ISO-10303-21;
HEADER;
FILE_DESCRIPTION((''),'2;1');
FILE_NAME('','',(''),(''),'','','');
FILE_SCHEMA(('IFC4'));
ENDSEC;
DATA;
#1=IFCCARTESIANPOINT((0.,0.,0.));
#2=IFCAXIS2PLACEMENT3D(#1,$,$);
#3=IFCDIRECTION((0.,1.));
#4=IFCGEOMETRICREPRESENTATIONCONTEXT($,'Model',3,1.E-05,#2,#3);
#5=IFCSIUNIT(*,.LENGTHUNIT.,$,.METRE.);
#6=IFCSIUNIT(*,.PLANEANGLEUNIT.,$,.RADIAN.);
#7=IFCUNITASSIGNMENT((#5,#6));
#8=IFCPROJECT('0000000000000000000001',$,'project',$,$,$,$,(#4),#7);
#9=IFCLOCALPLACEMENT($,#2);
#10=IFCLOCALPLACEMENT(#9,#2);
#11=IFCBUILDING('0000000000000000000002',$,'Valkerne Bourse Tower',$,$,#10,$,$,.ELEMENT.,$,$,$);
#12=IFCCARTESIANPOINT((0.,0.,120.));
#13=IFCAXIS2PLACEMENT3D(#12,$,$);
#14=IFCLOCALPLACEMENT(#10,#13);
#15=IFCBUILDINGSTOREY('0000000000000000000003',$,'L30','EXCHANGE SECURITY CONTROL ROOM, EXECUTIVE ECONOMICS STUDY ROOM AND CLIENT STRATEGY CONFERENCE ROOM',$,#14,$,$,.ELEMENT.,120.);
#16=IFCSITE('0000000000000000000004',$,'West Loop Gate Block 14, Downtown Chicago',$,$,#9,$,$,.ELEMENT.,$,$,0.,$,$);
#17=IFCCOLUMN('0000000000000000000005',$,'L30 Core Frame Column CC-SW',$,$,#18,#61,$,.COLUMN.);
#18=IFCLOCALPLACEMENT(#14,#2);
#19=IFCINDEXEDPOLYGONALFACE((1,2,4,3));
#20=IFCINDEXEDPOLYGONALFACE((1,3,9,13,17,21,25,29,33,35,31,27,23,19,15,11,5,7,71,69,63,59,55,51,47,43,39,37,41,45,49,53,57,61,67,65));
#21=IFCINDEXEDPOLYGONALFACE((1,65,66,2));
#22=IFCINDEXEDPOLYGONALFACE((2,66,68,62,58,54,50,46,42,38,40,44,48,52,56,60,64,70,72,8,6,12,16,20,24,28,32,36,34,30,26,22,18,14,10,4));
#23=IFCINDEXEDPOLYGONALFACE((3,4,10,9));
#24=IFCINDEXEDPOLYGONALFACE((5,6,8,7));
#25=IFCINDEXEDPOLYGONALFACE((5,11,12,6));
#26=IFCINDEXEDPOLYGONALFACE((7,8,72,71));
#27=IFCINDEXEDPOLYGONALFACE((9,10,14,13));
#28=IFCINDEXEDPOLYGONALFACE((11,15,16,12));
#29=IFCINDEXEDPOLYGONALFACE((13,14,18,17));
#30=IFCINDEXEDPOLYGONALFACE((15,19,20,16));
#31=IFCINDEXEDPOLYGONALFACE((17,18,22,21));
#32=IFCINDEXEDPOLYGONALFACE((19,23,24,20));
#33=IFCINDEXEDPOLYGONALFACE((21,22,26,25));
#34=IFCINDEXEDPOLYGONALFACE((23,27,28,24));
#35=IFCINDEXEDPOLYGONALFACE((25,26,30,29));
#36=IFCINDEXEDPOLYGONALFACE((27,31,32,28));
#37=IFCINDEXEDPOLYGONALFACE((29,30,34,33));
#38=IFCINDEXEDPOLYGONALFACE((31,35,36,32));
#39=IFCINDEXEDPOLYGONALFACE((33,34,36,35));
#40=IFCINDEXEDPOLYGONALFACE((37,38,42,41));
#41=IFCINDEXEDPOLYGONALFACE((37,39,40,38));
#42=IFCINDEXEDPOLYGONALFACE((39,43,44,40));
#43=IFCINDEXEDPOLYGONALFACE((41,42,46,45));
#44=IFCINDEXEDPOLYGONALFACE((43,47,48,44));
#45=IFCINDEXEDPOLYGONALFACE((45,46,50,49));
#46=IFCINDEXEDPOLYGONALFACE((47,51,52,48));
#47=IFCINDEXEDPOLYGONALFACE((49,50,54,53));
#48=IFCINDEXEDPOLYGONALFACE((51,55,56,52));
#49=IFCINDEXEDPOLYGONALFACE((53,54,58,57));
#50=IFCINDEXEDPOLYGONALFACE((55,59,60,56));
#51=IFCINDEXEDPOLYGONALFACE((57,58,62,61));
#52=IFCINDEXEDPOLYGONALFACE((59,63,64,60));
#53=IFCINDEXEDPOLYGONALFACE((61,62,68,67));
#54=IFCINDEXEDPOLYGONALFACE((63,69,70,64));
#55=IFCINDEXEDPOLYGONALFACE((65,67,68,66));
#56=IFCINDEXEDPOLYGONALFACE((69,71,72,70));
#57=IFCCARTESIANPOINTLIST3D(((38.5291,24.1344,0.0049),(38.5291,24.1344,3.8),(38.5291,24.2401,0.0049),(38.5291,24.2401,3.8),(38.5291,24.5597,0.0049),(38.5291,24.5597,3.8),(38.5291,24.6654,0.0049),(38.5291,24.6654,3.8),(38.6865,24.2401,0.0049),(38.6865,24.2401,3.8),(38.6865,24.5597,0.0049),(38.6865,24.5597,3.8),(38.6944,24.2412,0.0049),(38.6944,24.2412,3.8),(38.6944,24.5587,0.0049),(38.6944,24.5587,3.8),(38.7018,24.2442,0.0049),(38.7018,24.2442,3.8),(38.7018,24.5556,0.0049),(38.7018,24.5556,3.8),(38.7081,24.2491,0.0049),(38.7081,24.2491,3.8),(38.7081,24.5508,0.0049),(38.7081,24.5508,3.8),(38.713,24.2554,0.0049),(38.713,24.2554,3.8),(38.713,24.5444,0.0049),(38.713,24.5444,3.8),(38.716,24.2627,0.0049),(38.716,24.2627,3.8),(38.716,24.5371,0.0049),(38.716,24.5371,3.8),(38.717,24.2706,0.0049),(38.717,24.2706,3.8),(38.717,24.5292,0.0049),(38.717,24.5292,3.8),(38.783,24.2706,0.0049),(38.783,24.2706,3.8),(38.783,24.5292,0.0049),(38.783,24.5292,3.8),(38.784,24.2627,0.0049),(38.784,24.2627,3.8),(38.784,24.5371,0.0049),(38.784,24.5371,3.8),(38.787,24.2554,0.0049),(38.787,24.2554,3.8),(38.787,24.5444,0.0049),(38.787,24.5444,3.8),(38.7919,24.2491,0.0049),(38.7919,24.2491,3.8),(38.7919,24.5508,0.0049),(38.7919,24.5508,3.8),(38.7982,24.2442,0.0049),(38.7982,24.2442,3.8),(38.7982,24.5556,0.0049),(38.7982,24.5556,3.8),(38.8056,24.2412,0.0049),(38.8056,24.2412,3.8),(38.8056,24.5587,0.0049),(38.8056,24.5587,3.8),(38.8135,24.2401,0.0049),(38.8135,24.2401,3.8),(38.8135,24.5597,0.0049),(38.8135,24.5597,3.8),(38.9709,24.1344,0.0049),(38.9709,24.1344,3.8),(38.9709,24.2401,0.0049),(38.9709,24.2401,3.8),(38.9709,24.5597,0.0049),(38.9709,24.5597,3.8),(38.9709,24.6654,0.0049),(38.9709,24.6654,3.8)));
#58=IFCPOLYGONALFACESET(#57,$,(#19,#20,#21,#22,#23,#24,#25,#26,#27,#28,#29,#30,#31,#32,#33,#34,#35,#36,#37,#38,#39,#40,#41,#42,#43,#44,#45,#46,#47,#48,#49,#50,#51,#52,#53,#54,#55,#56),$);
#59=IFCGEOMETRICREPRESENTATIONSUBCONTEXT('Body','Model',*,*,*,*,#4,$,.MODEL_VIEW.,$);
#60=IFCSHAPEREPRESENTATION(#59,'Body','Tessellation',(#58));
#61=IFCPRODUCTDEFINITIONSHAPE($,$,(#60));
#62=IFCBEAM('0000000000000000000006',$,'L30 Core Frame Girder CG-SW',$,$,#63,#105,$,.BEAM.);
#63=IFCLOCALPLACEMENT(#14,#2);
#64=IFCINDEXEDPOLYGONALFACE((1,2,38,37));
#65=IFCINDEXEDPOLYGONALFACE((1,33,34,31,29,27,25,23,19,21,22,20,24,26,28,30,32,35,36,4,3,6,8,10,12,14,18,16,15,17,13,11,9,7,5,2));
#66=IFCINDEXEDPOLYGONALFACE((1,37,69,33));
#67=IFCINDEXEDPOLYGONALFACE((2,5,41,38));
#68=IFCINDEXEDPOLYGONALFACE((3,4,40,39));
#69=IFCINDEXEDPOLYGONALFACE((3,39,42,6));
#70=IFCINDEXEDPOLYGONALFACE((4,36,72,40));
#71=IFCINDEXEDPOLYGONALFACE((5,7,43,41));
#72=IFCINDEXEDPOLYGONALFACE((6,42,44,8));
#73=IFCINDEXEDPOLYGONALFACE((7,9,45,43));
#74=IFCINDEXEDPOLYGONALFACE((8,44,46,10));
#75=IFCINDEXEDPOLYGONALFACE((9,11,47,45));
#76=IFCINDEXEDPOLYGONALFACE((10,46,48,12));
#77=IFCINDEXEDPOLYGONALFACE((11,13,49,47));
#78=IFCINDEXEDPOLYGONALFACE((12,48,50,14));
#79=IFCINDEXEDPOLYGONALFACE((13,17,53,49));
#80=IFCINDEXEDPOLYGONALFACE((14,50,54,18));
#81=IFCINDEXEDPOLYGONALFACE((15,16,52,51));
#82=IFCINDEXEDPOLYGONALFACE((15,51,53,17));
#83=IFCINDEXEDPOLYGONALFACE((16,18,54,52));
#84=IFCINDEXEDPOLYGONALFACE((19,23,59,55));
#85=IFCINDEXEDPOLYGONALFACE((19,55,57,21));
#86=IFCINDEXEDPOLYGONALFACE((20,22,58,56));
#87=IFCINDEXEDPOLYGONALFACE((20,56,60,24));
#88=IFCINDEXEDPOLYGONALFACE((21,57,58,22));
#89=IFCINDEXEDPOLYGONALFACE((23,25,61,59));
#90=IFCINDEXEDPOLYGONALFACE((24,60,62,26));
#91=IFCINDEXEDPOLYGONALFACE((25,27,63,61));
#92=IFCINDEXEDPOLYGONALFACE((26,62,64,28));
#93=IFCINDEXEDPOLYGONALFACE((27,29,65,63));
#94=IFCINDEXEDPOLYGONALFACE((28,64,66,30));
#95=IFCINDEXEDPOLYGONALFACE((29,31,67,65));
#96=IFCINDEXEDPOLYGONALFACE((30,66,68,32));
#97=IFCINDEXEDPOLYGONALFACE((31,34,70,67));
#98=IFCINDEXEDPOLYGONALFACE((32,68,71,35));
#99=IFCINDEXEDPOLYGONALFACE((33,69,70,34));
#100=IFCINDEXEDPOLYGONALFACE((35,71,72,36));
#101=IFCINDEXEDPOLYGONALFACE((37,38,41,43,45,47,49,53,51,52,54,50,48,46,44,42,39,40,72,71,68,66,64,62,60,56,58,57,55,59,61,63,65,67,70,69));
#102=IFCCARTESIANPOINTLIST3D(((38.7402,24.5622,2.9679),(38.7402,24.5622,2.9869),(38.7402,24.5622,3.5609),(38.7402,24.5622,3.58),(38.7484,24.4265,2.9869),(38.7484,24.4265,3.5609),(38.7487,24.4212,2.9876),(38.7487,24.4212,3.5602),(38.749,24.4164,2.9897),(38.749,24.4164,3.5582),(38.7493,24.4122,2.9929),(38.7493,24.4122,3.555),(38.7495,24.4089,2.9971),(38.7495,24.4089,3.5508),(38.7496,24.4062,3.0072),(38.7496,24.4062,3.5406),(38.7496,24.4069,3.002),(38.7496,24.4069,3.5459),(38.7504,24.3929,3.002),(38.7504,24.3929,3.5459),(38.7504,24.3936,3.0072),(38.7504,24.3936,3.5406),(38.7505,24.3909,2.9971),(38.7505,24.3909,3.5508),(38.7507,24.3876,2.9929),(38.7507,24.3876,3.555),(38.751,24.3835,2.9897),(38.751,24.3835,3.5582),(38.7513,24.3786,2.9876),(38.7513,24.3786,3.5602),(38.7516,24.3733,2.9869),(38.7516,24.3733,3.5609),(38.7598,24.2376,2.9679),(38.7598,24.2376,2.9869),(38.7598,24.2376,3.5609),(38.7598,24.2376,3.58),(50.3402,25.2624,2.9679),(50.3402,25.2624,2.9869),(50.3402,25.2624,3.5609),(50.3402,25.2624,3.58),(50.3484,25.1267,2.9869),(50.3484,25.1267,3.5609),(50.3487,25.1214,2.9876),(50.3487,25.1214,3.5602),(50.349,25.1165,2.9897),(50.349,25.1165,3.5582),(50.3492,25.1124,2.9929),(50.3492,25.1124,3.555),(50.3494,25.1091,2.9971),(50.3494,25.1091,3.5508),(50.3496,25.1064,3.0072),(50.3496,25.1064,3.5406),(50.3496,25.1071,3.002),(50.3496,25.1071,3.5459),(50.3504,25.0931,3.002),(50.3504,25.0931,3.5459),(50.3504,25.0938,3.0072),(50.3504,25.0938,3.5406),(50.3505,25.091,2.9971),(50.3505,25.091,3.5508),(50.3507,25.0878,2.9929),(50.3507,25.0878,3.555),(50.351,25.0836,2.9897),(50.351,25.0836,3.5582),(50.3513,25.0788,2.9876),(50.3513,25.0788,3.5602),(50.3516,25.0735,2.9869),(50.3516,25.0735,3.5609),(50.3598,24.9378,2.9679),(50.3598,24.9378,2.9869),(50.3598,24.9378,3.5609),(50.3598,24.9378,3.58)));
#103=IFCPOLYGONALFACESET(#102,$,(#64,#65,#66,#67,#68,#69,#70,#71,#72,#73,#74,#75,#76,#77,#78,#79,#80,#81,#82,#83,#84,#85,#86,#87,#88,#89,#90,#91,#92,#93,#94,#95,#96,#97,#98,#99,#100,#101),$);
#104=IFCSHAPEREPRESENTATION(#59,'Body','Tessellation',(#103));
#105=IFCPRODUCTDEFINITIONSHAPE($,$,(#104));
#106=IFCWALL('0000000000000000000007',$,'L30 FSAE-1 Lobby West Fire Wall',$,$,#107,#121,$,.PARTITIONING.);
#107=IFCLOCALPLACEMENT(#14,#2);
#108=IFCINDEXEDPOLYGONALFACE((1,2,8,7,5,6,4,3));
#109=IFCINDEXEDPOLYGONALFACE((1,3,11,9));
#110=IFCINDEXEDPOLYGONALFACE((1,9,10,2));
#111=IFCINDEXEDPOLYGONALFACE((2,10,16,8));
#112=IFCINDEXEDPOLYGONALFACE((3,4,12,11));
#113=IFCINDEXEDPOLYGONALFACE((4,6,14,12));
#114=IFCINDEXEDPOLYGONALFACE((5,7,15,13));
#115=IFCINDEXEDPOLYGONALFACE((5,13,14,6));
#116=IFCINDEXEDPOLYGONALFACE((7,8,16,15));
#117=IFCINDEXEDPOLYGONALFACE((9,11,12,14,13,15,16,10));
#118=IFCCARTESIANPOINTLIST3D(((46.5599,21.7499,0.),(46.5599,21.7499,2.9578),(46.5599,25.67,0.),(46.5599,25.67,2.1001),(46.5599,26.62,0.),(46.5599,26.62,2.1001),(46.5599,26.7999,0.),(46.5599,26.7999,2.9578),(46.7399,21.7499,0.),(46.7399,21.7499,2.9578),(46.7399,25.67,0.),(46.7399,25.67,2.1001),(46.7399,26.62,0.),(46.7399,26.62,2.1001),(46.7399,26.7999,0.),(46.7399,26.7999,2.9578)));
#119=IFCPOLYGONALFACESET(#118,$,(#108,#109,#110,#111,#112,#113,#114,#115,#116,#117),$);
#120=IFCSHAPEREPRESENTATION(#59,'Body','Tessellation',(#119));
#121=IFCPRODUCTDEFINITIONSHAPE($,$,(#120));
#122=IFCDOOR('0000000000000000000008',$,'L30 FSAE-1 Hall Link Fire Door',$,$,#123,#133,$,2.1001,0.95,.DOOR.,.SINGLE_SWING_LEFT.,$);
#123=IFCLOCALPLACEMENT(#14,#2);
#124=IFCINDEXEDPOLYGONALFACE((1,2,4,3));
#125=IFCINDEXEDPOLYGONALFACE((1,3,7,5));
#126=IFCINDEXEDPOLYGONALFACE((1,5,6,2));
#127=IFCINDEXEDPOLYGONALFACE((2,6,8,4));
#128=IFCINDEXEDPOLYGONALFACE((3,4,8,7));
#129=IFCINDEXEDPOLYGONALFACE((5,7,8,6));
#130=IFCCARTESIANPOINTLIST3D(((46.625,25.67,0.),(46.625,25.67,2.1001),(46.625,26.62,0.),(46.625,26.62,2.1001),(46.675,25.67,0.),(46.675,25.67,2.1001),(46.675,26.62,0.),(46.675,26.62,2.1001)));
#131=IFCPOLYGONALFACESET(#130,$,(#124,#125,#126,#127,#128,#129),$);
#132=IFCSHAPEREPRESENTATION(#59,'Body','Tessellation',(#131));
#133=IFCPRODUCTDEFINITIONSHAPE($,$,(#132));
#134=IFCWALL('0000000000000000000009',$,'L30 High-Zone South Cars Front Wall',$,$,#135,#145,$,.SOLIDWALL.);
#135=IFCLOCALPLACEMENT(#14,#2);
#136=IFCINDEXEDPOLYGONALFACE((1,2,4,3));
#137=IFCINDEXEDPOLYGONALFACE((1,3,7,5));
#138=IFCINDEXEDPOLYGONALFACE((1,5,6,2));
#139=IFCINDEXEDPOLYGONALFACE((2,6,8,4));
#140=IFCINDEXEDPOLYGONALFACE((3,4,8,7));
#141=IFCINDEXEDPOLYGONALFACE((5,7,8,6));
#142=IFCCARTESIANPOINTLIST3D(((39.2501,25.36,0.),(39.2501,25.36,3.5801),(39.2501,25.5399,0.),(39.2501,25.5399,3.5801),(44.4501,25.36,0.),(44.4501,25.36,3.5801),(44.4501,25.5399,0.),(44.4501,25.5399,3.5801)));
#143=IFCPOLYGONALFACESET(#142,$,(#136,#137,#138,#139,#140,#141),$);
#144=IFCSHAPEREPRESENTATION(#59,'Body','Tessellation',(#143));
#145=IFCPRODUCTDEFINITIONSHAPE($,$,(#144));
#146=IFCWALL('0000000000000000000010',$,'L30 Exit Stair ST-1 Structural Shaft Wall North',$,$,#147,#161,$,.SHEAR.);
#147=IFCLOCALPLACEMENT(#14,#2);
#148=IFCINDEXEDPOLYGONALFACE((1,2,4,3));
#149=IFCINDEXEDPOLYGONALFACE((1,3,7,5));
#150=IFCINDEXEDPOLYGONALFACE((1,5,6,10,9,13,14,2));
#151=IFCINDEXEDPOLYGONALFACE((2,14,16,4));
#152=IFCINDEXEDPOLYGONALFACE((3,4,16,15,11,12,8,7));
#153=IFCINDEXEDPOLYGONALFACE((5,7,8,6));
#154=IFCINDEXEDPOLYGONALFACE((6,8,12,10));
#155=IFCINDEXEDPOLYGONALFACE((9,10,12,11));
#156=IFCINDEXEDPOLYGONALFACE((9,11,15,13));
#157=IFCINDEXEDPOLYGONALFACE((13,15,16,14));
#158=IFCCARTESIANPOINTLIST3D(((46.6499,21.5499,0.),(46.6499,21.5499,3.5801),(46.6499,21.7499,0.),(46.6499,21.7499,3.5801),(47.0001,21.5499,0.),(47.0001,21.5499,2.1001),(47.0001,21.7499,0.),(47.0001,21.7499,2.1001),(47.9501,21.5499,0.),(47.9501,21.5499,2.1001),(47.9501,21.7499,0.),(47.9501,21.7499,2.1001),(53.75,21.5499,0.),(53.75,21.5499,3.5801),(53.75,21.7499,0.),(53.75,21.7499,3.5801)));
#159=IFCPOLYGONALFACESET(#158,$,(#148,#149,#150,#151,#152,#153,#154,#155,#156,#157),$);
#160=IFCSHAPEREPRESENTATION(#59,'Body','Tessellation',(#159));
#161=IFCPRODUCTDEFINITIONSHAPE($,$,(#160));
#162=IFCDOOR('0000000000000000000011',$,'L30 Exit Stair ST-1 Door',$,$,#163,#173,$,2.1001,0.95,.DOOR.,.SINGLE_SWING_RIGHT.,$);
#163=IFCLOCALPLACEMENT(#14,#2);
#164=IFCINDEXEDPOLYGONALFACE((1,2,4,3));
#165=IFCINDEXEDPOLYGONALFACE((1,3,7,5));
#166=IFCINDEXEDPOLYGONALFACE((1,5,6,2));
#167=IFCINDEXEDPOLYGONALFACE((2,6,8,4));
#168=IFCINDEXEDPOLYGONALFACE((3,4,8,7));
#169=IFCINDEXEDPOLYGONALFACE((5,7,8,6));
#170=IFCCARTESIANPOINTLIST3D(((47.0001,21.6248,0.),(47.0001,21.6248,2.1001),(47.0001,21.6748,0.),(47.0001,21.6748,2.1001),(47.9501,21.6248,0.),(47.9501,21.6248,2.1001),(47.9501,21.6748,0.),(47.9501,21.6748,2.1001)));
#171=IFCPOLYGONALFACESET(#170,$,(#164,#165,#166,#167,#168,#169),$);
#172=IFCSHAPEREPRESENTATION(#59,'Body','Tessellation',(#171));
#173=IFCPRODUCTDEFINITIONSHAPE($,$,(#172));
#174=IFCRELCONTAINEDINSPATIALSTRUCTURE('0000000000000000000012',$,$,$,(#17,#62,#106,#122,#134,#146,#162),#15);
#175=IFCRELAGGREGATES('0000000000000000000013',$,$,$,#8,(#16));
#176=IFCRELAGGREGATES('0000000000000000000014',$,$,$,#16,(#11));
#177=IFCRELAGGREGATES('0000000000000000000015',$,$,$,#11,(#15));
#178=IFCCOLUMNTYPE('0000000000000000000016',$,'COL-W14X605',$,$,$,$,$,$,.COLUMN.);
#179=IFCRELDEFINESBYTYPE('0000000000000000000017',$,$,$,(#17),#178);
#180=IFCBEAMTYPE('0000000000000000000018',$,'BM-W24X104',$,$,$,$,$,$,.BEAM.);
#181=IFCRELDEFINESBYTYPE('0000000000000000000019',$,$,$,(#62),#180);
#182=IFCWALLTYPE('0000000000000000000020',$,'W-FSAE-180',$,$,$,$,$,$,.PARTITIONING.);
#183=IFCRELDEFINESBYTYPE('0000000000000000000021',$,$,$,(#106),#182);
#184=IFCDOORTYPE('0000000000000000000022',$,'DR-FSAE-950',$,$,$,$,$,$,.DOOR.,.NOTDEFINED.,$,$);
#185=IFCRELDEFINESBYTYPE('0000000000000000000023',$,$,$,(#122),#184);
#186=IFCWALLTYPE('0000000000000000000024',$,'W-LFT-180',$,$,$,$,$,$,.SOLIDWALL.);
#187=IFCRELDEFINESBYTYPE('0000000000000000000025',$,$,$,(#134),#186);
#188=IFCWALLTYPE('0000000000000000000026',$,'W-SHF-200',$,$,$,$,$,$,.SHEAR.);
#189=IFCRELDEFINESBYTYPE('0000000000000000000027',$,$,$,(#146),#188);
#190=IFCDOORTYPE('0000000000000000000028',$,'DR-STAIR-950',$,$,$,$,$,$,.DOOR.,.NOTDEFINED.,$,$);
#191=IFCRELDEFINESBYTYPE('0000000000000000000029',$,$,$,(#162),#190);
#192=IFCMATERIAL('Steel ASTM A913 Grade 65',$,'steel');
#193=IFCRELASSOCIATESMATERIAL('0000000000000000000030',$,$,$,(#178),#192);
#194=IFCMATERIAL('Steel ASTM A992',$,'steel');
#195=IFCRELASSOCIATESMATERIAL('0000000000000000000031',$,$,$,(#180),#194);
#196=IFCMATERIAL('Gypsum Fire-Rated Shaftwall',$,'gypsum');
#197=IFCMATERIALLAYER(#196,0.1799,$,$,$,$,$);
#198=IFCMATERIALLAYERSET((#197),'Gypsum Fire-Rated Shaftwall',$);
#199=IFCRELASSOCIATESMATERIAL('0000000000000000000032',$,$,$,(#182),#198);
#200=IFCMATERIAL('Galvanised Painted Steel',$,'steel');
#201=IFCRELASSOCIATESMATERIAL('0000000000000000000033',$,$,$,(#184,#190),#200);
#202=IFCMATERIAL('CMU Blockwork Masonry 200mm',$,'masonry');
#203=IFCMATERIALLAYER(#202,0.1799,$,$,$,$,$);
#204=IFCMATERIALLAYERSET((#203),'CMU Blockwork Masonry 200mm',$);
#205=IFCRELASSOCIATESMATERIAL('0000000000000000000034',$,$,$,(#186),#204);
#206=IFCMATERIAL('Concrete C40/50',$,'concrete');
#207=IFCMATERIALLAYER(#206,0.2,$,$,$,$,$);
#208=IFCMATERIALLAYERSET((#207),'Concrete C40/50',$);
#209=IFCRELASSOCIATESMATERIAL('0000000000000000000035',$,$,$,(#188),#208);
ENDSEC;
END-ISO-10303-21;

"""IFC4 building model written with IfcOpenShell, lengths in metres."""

from ifc_helpers import new_model, si_unit, direction, frame, frame_2d, origin, origin_2d, place, context, subcontext, project, spatial, rectangle, i_section, extrude, material, layer, layer_set, material_profile, profile_set, type_object, element, fill, save


model = new_model("IFC4")

# Units and contexts
model_context = context("Model", 3, precision=1e-05, world=origin(), true_north=direction((0.0, 1.0)))
body_context = subcontext(model_context, "Body", "Model", "MODEL_VIEW")
ifc_project = project(units=[si_unit("LENGTHUNIT", "METRE"), si_unit("PLANEANGLEUNIT", "RADIAN")], contexts=[model_context])

# Site, building, storey
site_placement = place(None, origin())
site = spatial("IfcSite", under=ifc_project, at=site_placement, Name="West Loop Gate Block 14, Downtown Chicago", CompositionType="ELEMENT", RefElevation=0.0)
building_placement = place(site_placement, origin())
building = spatial("IfcBuilding", under=site, at=building_placement, Name="Valkerne Bourse Tower", CompositionType="ELEMENT")
storey_placement = place(building_placement, frame((0.0, 0.0, 120.0)))
storey = spatial("IfcBuildingStorey", under=building, at=storey_placement, Name="L30", Description="EXCHANGE SECURITY CONTROL ROOM, EXECUTIVE ECONOMICS STUDY ROOM AND CLIENT STRATEGY CONFERENCE ROOM", CompositionType="ELEMENT", Elevation=120.0)

# Column
ifc_material_1 = material(Name="Steel ASTM A913 Grade 65", Category="steel")
ifc_material_profile_1 = material_profile(ifc_material_1, i_section(OverallWidth=0.4419, OverallDepth=0.531, WebThickness=0.0659, FlangeThickness=0.1057, FilletRadius=0.0305, at=origin_2d()), Name="W14X605")
ifc_profile_set_1 = profile_set([ifc_material_profile_1], Name="Steel ASTM A913 Grade 65")
column_type = type_object("IfcColumnType", Name="COL-W14X605", PredefinedType="COLUMN", material=ifc_profile_set_1)
column_placement = place(storey_placement, frame((38.75, 24.3999, 0.0049), z_axis=(0.0, 0.0, 1.0), x_axis=(1.0, 0.0, 0.0)))
element("IfcColumn", 1, at=column_placement, inside=storey, type_object=column_type, Name="L30 Core Frame Column CC-SW", PredefinedType="COLUMN", context=body_context, shape_type="SweptSolid", body=[
    extrude(i_section(OverallWidth=0.4419, OverallDepth=0.531, WebThickness=0.0659, FlangeThickness=0.1057, FilletRadius=0.0305, at=origin_2d()), origin(), (0.0, 0.0, 1.0), 3.7952),
])

# Beam
ifc_material_2 = material(Name="Steel ASTM A992", Category="steel")
ifc_material_profile_2 = material_profile(ifc_material_2, i_section(OverallWidth=0.3252, OverallDepth=0.6121, WebThickness=0.0127, FlangeThickness=0.019, FilletRadius=0.0203, at=origin_2d()), Name="W24X104")
ifc_profile_set_2 = profile_set([ifc_material_profile_2], Name="Steel ASTM A992")
beam_type = type_object("IfcBeamType", Name="BM-W24X104", PredefinedType="BEAM", material=ifc_profile_set_2)
beam_placement = place(storey_placement, frame((38.75, 24.3999, 3.2739), z_axis=(0.998183, 0.060251, 0.0), x_axis=(-0.060251, 0.998183, 0.0)))
element("IfcBeam", 2, at=beam_placement, inside=storey, type_object=beam_type, Name="L30 Core Frame Girder CG-SW", PredefinedType="BEAM", context=body_context, shape_type="SweptSolid", body=[
    extrude(i_section(OverallWidth=0.3252, OverallDepth=0.6121, WebThickness=0.0127, FlangeThickness=0.019, FilletRadius=0.0203, at=origin_2d()), origin(), (0.0, 0.0, 1.0), 11.6211),
])

# Wall, opening, door
ifc_material_3 = material(Name="Gypsum Fire-Rated Shaftwall", Category="gypsum")
ifc_layer_1 = layer(ifc_material_3, 0.1799)
ifc_layer_set_1 = layer_set([ifc_layer_1], Name="Gypsum Fire-Rated Shaftwall")
wall_type_1 = type_object("IfcWallType", Name="W-FSAE-180", PredefinedType="PARTITIONING", material=ifc_layer_set_1)
wall_1_placement = place(storey_placement, frame((46.6499, 21.75, 0.0), z_axis=(0.0, 0.0, 1.0), x_axis=(0.0, 1.0, 0.0)))
wall_1 = element("IfcWall", 3, at=wall_1_placement, inside=storey, type_object=wall_type_1, Name="L30 FSAE-1 Lobby West Fire Wall", PredefinedType="PARTITIONING", context=body_context, shape_type="SweptSolid", body=[
    extrude(rectangle(XDim=5.05, YDim=0.1799, at=frame_2d((2.5249, 0.0))), origin(), (0.0, 0.0, 1.0), 2.9578),
])
opening_1_placement = place(wall_1_placement, frame((3.9199, 0.0, 0.0)))
opening_1 = element("IfcOpeningElement", 4, at=opening_1_placement, cuts=wall_1, PredefinedType="OPENING", context=body_context, shape_type="SweptSolid", body=[
    extrude(rectangle(XDim=0.95, YDim=2.1001, at=frame_2d((0.4751, 1.05))), frame((0.0, 0.0999, 0.0), z_axis=(0.0, -1.0, 0.0), x_axis=(1.0, 0.0, 0.0)), (0.0, 0.0, 1.0), 0.2),
])
ifc_material_4 = material(Name="Galvanised Painted Steel", Category="steel")
door_type_1 = type_object("IfcDoorType", Name="DR-FSAE-950", OperationType="NOTDEFINED", PredefinedType="DOOR", material=ifc_material_4)
door_1_placement = place(opening_1_placement, origin())
door_1 = element("IfcDoor", 5, at=door_1_placement, inside=storey, type_object=door_type_1, Name="L30 FSAE-1 Hall Link Fire Door", OperationType="SINGLE_SWING_LEFT", OverallHeight=2.1001, OverallWidth=0.95, PredefinedType="DOOR", context=body_context, shape_type="SweptSolid", body=[
    extrude(rectangle(XDim=0.95, YDim=2.1001, at=frame_2d((0.4751, 1.05))), frame((0.0, 0.0249, 0.0), z_axis=(0.0, -1.0, 0.0), x_axis=(1.0, 0.0, 0.0)), (0.0, 0.0, 1.0), 0.05),
])
fill(opening_1, door_1)

# Shared definitions
ifc_material_5 = material(Name="CMU Blockwork Masonry 200mm", Category="masonry")
ifc_layer_2 = layer(ifc_material_5, 0.1799)
ifc_layer_set_2 = layer_set([ifc_layer_2], Name="CMU Blockwork Masonry 200mm")
wall_type_2 = type_object("IfcWallType", Name="W-LFT-180", PredefinedType="SOLIDWALL", material=ifc_layer_set_2)

# Wall
wall_2_placement = place(storey_placement, frame((39.25, 25.45, 0.0), z_axis=(0.0, 0.0, 1.0), x_axis=(1.0, 0.0, 0.0)))
element("IfcWall", 6, at=wall_2_placement, inside=storey, type_object=wall_type_2, Name="L30 High-Zone South Cars Front Wall", PredefinedType="SOLIDWALL", context=body_context, shape_type="SweptSolid", body=[
    extrude(rectangle(XDim=5.2, YDim=0.1799, at=frame_2d((2.6001, 0.0))), origin(), (0.0, 0.0, 1.0), 3.5801),
])

# Wall, opening, door
ifc_material_6 = material(Name="Concrete C40/50", Category="concrete")
ifc_layer_3 = layer(ifc_material_6, 0.2)
ifc_layer_set_3 = layer_set([ifc_layer_3], Name="Concrete C40/50")
wall_type_3 = type_object("IfcWallType", Name="W-SHF-200", PredefinedType="SHEAR", material=ifc_layer_set_3)
wall_3_placement = place(storey_placement, frame((46.6499, 21.6499, 0.0), z_axis=(0.0, 0.0, 1.0), x_axis=(1.0, 0.0, 0.0)))
wall_3 = element("IfcWall", 7, at=wall_3_placement, inside=storey, type_object=wall_type_3, Name="L30 Exit Stair ST-1 Structural Shaft Wall North", PredefinedType="SHEAR", context=body_context, shape_type="SweptSolid", body=[
    extrude(rectangle(XDim=7.1001, YDim=0.2, at=frame_2d((3.55, 0.0))), origin(), (0.0, 0.0, 1.0), 3.5801),
])
opening_2_placement = place(wall_3_placement, frame((0.3501, 0.0, 0.0)))
opening_2 = element("IfcOpeningElement", 8, at=opening_2_placement, cuts=wall_3, PredefinedType="OPENING", context=body_context, shape_type="SweptSolid", body=[
    extrude(rectangle(XDim=0.95, YDim=2.1001, at=frame_2d((0.4751, 1.05))), frame((0.0, 0.1099, 0.0), z_axis=(0.0, -1.0, 0.0), x_axis=(1.0, 0.0, 0.0)), (0.0, 0.0, 1.0), 0.22),
])
door_type_2 = type_object("IfcDoorType", Name="DR-STAIR-950", OperationType="NOTDEFINED", PredefinedType="DOOR", material=ifc_material_4)
door_2_placement = place(opening_2_placement, origin())
door_2 = element("IfcDoor", 9, at=door_2_placement, inside=storey, type_object=door_type_2, Name="L30 Exit Stair ST-1 Door", OperationType="SINGLE_SWING_RIGHT", OverallHeight=2.1001, OverallWidth=0.95, PredefinedType="DOOR", context=body_context, shape_type="SweptSolid", body=[
    extrude(rectangle(XDim=0.95, YDim=2.1001, at=frame_2d((0.4751, 1.05))), frame((0.0, 0.0249, 0.0), z_axis=(0.0, -1.0, 0.0), x_axis=(1.0, 0.0, 0.0)), (0.0, 0.0, 1.0), 0.05),
])
fill(opening_2, door_2)

save(model, "model.ifc")
